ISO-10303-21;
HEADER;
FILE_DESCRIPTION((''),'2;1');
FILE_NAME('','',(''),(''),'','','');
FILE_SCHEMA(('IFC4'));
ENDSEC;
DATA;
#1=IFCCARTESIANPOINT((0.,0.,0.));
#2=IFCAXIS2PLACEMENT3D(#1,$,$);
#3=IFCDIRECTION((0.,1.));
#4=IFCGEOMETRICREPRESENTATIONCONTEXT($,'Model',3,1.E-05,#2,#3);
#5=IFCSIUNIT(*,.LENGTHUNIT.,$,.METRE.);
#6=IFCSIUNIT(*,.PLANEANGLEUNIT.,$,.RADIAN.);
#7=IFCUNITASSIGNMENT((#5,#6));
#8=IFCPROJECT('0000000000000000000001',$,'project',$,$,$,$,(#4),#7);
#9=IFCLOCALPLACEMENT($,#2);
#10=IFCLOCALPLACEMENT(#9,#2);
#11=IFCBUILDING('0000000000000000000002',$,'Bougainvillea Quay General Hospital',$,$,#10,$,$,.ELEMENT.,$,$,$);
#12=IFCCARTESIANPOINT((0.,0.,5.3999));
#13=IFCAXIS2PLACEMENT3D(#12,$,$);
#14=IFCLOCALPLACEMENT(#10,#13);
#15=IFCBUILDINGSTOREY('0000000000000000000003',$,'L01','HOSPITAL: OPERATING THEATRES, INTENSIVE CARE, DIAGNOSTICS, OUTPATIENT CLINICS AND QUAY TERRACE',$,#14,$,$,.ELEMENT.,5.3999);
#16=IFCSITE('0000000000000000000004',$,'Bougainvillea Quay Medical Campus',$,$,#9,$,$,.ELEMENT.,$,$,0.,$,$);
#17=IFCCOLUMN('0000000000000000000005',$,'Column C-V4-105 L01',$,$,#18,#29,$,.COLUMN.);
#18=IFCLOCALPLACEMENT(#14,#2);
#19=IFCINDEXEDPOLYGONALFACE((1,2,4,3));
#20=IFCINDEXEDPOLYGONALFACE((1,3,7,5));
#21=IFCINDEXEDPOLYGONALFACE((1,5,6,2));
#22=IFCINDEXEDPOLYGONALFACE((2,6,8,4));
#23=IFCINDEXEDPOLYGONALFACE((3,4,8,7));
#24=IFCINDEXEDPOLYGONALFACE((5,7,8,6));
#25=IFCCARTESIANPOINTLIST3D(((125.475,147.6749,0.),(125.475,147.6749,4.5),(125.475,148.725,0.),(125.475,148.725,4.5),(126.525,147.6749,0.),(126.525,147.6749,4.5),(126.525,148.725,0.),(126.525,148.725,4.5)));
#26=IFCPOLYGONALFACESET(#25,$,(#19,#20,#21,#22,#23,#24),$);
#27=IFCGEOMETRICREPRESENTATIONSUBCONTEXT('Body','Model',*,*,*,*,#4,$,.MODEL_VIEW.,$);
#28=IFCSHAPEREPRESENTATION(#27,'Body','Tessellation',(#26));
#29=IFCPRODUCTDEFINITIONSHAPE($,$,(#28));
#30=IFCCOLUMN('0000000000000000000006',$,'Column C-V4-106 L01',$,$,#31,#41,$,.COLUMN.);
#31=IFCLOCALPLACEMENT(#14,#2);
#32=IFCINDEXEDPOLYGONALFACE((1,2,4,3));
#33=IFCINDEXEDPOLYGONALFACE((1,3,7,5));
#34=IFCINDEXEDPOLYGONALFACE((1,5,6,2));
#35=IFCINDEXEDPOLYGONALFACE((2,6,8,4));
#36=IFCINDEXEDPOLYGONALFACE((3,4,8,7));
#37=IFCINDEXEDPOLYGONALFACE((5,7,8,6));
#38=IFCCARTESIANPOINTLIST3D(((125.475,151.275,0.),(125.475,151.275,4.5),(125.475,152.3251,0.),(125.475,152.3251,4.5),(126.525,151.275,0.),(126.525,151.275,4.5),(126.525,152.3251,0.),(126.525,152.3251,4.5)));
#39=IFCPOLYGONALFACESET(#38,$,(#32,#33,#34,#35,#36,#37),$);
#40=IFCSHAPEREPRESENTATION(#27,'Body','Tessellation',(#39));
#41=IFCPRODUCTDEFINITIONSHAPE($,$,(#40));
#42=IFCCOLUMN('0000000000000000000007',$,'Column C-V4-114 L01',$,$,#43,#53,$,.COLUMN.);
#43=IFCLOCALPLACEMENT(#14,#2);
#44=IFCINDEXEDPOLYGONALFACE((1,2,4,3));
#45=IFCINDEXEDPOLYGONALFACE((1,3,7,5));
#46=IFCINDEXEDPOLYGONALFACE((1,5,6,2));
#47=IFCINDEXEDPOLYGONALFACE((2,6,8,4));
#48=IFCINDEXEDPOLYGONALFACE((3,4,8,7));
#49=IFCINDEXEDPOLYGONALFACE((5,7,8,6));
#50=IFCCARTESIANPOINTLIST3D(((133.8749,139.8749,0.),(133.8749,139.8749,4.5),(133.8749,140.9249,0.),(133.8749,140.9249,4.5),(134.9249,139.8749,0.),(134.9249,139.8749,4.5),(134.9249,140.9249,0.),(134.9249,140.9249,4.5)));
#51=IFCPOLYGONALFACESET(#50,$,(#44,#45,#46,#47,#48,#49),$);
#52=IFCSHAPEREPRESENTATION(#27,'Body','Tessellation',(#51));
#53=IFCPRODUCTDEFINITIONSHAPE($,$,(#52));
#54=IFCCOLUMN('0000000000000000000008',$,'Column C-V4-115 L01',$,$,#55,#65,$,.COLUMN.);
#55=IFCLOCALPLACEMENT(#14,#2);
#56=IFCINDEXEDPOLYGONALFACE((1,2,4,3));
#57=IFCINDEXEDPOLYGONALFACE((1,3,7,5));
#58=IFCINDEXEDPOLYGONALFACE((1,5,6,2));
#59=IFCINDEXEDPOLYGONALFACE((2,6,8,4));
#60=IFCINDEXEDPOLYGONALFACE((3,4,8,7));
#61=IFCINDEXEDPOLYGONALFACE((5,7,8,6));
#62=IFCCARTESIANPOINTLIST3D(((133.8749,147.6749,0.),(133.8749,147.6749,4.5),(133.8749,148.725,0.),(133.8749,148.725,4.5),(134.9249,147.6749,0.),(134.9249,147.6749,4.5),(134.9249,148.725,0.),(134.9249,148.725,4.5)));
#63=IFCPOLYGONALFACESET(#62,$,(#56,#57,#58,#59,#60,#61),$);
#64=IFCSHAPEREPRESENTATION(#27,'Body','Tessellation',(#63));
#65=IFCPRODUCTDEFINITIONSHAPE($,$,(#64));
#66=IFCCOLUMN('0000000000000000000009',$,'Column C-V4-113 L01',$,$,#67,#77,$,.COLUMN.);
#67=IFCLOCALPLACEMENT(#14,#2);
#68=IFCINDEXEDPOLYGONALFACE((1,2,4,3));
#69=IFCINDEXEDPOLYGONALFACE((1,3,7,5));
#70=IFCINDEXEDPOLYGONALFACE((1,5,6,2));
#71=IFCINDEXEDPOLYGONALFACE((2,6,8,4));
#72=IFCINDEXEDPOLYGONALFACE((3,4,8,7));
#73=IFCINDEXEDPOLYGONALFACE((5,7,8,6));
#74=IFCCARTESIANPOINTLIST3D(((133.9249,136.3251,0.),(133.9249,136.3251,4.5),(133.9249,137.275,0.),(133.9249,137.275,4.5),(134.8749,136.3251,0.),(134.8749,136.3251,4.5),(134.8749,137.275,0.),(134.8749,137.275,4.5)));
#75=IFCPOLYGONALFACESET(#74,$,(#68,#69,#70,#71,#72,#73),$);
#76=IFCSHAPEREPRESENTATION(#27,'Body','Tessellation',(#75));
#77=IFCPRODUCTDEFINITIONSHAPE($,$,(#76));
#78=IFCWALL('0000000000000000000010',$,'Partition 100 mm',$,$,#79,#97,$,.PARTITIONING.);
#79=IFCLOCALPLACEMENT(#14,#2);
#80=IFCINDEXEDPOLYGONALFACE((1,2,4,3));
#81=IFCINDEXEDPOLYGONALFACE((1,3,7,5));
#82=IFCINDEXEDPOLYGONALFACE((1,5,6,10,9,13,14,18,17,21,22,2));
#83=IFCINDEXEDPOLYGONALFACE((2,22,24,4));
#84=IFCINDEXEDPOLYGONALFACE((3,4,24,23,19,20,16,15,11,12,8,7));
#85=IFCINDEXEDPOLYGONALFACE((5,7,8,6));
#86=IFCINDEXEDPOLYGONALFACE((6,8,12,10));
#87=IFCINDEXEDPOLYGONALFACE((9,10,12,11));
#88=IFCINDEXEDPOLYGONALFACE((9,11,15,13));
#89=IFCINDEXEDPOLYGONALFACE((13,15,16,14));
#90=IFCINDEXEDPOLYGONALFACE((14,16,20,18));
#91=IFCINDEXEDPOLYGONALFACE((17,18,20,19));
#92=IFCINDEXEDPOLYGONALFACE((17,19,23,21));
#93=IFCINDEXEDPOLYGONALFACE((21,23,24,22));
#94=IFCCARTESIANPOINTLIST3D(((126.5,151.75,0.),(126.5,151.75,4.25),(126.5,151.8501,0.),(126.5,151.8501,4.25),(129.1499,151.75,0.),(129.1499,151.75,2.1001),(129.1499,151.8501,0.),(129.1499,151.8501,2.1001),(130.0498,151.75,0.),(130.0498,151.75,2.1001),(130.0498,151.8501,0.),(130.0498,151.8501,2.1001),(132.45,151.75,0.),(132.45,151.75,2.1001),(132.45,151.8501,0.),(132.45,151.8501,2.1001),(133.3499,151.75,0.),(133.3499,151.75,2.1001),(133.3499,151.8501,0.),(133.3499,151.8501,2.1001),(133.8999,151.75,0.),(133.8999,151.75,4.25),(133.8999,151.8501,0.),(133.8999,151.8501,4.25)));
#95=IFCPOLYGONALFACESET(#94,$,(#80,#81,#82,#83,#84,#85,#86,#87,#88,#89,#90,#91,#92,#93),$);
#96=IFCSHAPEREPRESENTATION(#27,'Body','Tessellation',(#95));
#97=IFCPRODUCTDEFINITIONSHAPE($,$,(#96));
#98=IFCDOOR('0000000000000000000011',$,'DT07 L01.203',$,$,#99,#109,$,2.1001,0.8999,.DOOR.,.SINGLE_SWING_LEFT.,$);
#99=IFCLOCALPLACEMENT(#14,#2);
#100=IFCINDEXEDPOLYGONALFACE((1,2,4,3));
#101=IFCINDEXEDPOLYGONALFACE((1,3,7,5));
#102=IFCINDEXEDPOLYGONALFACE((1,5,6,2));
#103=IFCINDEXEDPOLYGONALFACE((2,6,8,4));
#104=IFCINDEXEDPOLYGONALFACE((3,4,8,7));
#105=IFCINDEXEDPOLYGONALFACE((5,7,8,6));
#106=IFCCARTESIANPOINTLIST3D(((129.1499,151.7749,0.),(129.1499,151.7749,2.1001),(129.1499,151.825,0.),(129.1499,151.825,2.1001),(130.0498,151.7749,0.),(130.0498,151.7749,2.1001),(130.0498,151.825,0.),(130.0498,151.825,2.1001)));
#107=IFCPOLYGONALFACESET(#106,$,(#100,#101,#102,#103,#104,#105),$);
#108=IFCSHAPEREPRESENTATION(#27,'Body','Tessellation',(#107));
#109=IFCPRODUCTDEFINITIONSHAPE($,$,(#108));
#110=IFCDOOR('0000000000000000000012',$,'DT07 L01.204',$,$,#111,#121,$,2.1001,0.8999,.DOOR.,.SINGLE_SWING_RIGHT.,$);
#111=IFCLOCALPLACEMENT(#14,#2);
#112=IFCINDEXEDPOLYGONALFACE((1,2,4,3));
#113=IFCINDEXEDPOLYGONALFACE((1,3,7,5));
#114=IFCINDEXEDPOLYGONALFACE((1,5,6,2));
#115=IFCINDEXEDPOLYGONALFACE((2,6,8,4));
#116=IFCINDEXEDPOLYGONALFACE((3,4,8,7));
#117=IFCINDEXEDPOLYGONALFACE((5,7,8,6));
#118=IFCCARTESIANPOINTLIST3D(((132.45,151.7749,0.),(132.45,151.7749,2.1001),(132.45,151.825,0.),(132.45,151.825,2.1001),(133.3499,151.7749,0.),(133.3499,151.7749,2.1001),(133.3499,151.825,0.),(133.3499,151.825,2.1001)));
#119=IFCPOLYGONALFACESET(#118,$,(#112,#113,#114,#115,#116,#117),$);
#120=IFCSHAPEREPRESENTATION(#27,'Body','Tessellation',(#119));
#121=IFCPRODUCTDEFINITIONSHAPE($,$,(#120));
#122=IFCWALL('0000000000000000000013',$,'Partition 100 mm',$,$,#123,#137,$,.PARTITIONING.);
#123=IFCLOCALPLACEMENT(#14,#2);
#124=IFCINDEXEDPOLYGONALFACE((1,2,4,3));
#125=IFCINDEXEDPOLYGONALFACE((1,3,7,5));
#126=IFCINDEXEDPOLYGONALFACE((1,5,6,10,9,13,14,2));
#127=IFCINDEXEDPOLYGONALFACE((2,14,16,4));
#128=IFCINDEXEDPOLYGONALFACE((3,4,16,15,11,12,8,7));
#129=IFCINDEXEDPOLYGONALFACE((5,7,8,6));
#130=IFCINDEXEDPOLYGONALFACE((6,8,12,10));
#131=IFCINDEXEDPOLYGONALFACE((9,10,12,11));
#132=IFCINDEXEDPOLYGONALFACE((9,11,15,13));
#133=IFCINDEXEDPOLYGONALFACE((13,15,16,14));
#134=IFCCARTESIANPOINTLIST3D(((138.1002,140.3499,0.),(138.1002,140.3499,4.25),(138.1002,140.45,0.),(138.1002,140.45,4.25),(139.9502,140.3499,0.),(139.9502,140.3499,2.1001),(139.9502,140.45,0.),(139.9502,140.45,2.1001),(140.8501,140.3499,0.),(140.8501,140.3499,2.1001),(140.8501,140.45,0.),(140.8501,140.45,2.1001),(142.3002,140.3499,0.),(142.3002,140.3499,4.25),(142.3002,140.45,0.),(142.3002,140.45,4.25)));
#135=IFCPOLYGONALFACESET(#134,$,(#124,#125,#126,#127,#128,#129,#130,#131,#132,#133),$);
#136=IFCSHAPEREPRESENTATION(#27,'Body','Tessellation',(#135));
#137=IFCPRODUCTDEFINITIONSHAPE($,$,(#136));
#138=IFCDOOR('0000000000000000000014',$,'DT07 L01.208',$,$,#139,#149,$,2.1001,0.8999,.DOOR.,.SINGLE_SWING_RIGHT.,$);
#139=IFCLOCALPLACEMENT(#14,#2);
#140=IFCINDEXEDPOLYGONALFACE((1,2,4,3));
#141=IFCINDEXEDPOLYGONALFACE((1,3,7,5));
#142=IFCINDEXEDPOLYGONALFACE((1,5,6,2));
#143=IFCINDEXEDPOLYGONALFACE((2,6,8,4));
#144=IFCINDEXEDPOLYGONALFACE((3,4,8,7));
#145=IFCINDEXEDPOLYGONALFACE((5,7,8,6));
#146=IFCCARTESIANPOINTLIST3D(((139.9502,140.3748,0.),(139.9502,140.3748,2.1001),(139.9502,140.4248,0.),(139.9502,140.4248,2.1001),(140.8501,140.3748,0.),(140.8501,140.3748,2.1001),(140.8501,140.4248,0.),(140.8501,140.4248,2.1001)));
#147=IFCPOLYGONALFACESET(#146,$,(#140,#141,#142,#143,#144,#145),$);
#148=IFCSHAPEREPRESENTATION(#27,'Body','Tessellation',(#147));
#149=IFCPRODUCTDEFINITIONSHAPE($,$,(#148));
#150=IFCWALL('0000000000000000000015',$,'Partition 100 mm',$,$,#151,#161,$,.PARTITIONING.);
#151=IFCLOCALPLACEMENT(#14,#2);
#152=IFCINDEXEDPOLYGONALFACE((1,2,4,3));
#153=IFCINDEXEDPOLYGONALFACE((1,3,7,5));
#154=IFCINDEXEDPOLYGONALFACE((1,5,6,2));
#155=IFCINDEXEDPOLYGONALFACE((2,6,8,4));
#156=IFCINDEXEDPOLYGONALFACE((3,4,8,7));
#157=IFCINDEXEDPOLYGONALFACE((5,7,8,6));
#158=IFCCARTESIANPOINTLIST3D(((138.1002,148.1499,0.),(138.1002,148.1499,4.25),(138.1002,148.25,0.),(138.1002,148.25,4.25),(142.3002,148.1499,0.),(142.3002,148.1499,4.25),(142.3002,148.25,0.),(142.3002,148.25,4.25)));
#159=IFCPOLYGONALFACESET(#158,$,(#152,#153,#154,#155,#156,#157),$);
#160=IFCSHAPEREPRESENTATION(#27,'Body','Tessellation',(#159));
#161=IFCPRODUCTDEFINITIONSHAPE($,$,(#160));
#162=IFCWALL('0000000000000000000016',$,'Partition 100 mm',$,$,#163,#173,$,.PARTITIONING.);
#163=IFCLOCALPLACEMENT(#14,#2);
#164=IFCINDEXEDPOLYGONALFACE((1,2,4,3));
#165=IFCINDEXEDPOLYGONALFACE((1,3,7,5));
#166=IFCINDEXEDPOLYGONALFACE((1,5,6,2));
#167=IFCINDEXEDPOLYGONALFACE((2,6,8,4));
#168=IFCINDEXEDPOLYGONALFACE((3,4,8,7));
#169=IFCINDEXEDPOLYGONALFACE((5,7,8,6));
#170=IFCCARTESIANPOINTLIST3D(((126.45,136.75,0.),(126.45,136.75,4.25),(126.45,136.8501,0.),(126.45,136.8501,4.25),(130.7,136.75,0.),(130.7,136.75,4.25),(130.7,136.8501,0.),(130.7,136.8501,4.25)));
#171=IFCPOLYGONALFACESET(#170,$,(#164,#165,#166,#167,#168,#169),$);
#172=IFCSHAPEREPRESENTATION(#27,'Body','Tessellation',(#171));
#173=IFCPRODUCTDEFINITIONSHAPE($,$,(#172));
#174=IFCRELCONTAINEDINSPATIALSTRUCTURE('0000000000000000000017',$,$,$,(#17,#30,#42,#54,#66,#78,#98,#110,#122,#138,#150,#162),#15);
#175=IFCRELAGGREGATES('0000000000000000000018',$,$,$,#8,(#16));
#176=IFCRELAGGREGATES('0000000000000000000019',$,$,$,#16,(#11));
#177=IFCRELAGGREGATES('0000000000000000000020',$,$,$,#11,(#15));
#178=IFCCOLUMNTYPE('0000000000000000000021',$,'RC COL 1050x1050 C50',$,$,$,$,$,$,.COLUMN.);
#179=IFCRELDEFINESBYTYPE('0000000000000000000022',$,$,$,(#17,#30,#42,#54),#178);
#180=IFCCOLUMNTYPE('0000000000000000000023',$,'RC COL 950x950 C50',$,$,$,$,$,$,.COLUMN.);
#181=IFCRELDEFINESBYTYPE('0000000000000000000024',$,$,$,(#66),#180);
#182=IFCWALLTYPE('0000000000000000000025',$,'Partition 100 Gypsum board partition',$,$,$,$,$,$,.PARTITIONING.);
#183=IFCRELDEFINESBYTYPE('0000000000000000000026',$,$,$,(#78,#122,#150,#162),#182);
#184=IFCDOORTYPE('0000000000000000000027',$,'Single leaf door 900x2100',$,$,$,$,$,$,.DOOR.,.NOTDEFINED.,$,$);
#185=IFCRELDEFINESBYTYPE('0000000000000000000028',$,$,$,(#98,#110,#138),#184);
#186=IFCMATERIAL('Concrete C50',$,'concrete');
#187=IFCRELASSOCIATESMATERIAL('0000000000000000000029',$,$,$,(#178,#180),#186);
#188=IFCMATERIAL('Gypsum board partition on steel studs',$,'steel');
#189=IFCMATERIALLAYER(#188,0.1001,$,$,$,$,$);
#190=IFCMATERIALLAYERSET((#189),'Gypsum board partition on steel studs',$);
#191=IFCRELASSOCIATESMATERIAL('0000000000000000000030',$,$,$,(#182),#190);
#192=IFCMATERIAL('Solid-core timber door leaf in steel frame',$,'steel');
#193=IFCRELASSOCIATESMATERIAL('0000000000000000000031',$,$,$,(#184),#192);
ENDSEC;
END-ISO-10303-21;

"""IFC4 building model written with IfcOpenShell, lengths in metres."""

from ifc_helpers import new_model, si_unit, direction, frame, frame_2d, origin, origin_2d, place, context, subcontext, project, spatial, rectangle, extrude, material, layer, layer_set, material_profile, profile_set, type_object, element, fill, save


model = new_model("IFC4")

# Units and contexts
model_context = context("Model", 3, precision=1e-05, world=origin(), true_north=direction((0.0, 1.0)))
body_context = subcontext(model_context, "Body", "Model", "MODEL_VIEW")
ifc_project = project(units=[si_unit("LENGTHUNIT", "METRE"), si_unit("PLANEANGLEUNIT", "RADIAN")], contexts=[model_context])

# Site, building, storey
site_placement = place(None, origin())
site = spatial("IfcSite", under=ifc_project, at=site_placement, Name="Bougainvillea Quay Medical Campus", CompositionType="ELEMENT", RefElevation=0.0)
building_placement = place(site_placement, origin())
building = spatial("IfcBuilding", under=site, at=building_placement, Name="Bougainvillea Quay General Hospital", CompositionType="ELEMENT")
storey_placement = place(building_placement, frame((0.0, 0.0, 5.3999)))
storey = spatial("IfcBuildingStorey", under=building, at=storey_placement, Name="L01", Description="HOSPITAL: OPERATING THEATRES, INTENSIVE CARE, DIAGNOSTICS, OUTPATIENT CLINICS AND QUAY TERRACE", CompositionType="ELEMENT", Elevation=5.3999)

# Columns
ifc_material_1 = material(Name="Concrete C50", Category="concrete")
ifc_material_profile_1 = material_profile(ifc_material_1, rectangle(XDim=1.05, YDim=1.05, at=origin_2d()))
ifc_profile_set_1 = profile_set([ifc_material_profile_1], Name="Concrete C50")
column_type_1 = type_object("IfcColumnType", Name="RC COL 1050x1050 C50", PredefinedType="COLUMN", material=ifc_profile_set_1)
for number, where, z_axis, x_axis, name in (
    (1, (126.0, 148.2, 0.0), (0.0, 0.0, 1.0), (1.0, 0.0, 0.0), "Column C-V4-105 L01"),
    (2, (126.0, 151.8, 0.0), (0.0, 0.0, 1.0), (1.0, 0.0, 0.0), "Column C-V4-106 L01"),
    (3, (134.3999, 140.3999, 0.0), (0.0, 0.0, 1.0), (1.0, 0.0, 0.0), "Column C-V4-114 L01"),
    (4, (134.3999, 148.2, 0.0), (0.0, 0.0, 1.0), (1.0, 0.0, 0.0), "Column C-V4-115 L01"),
):
    element("IfcColumn", number, at=place(storey_placement, frame(where, z_axis=z_axis, x_axis=x_axis)), inside=storey, type_object=column_type_1, Name=name, PredefinedType="COLUMN", context=body_context, shape_type="SweptSolid", body=[
        extrude(rectangle(XDim=1.05, YDim=1.05, at=origin_2d()), origin(), (0.0, 0.0, 1.0), 4.5),
    ])
ifc_material_profile_2 = material_profile(ifc_material_1, rectangle(XDim=0.95, YDim=0.95, at=origin_2d()))
ifc_profile_set_2 = profile_set([ifc_material_profile_2], Name="Concrete C50")
column_type_2 = type_object("IfcColumnType", Name="RC COL 950x950 C50", PredefinedType="COLUMN", material=ifc_profile_set_2)
column_placement = place(storey_placement, frame((134.3999, 136.8, 0.0), z_axis=(0.0, 0.0, 1.0), x_axis=(1.0, 0.0, 0.0)))
element("IfcColumn", 5, at=column_placement, inside=storey, type_object=column_type_2, Name="Column C-V4-113 L01", PredefinedType="COLUMN", context=body_context, shape_type="SweptSolid", body=[
    extrude(rectangle(XDim=0.95, YDim=0.95, at=origin_2d()), origin(), (0.0, 0.0, 1.0), 4.5),
])

# Wall, openings, doors
ifc_material_2 = material(Name="Gypsum board partition on steel studs", Category="steel")
ifc_layer_1 = layer(ifc_material_2, 0.1001)
ifc_layer_set_1 = layer_set([ifc_layer_1], Name="Gypsum board partition on steel studs")
wall_type_1 = type_object("IfcWallType", Name="Partition 100 Gypsum board partition", PredefinedType="PARTITIONING", material=ifc_layer_set_1)
wall_1_placement = place(storey_placement, frame((133.8999, 151.8, 0.0), z_axis=(0.0, 0.0, 1.0), x_axis=(-1.0, 0.0, 0.0)))
wall_1 = element("IfcWall", 6, at=wall_1_placement, inside=storey, type_object=wall_type_1, Name="Partition 100 mm", PredefinedType="PARTITIONING", context=body_context, shape_type="SweptSolid", body=[
    extrude(rectangle(XDim=7.3999, YDim=0.1001, at=frame_2d((3.7, 0.0))), origin(), (0.0, 0.0, 1.0), 4.25),
])
opening_1_placement = place(wall_1_placement, frame((3.8501, 0.0, 0.0)))
opening_1 = element("IfcOpeningElement", 7, at=opening_1_placement, cuts=wall_1, PredefinedType="OPENING", context=body_context, shape_type="SweptSolid", body=[
    extrude(rectangle(XDim=0.8999, YDim=2.1001, at=frame_2d((0.45, 1.05))), frame((0.0, 0.0601, 0.0), z_axis=(0.0, -1.0, 0.0), x_axis=(1.0, 0.0, 0.0)), (0.0, 0.0, 1.0), 0.1201),
])
opening_2_placement = place(wall_1_placement, frame((0.55, 0.0, 0.0)))
opening_2 = element("IfcOpeningElement", 8, at=opening_2_placement, cuts=wall_1, PredefinedType="OPENING", context=body_context, shape_type="SweptSolid", body=[
    extrude(rectangle(XDim=0.8999, YDim=2.1001, at=frame_2d((0.45, 1.05))), frame((0.0, 0.0601, 0.0), z_axis=(0.0, -1.0, 0.0), x_axis=(1.0, 0.0, 0.0)), (0.0, 0.0, 1.0), 0.1201),
])
ifc_material_3 = material(Name="Solid-core timber door leaf in steel frame", Category="steel")
door_type_1 = type_object("IfcDoorType", Name="Single leaf door 900x2100", OperationType="NOTDEFINED", PredefinedType="DOOR", material=ifc_material_3)
door_1_placement = place(opening_1_placement, frame((0.8999, 0.0, 0.0), z_axis=(0.0, 0.0, 1.0), x_axis=(-1.0, 0.0, 0.0)))
door_1 = element("IfcDoor", 9, at=door_1_placement, inside=storey, type_object=door_type_1, Name="DT07 L01.203", OperationType="SINGLE_SWING_LEFT", OverallHeight=2.1001, OverallWidth=0.8999, PredefinedType="DOOR", context=body_context, shape_type="SweptSolid", body=[
    extrude(rectangle(XDim=0.8999, YDim=2.1001, at=frame_2d((0.45, 1.05))), frame((0.0, 0.0249, 0.0), z_axis=(0.0, -1.0, 0.0), x_axis=(1.0, 0.0, 0.0)), (0.0, 0.0, 1.0), 0.05),
])
fill(opening_1, door_1)
door_2_placement = place(opening_2_placement, frame((0.8999, 0.0, 0.0), z_axis=(0.0, 0.0, 1.0), x_axis=(-1.0, 0.0, 0.0)))
door_2 = element("IfcDoor", 10, at=door_2_placement, inside=storey, type_object=door_type_1, Name="DT07 L01.204", OperationType="SINGLE_SWING_RIGHT", OverallHeight=2.1001, OverallWidth=0.8999, PredefinedType="DOOR", context=body_context, shape_type="SweptSolid", body=[
    extrude(rectangle(XDim=0.8999, YDim=2.1001, at=frame_2d((0.45, 1.05))), frame((0.0, 0.0249, 0.0), z_axis=(0.0, -1.0, 0.0), x_axis=(1.0, 0.0, 0.0)), (0.0, 0.0, 1.0), 0.05),
])
fill(opening_2, door_2)

# Wall, opening, door
wall_2_placement = place(storey_placement, frame((138.1001, 140.3999, 0.0), z_axis=(0.0, 0.0, 1.0), x_axis=(1.0, 0.0, 0.0)))
wall_2 = element("IfcWall", 11, at=wall_2_placement, inside=storey, type_object=wall_type_1, Name="Partition 100 mm", PredefinedType="PARTITIONING", context=body_context, shape_type="SweptSolid", body=[
    extrude(rectangle(XDim=4.2, YDim=0.1001, at=frame_2d((2.1001, 0.0))), origin(), (0.0, 0.0, 1.0), 4.25),
])
opening_3_placement = place(wall_2_placement, frame((1.8501, 0.0, 0.0)))
opening_3 = element("IfcOpeningElement", 12, at=opening_3_placement, cuts=wall_2, PredefinedType="OPENING", context=body_context, shape_type="SweptSolid", body=[
    extrude(rectangle(XDim=0.8999, YDim=2.1001, at=frame_2d((0.45, 1.05))), frame((0.0, 0.0601, 0.0), z_axis=(0.0, -1.0, 0.0), x_axis=(1.0, 0.0, 0.0)), (0.0, 0.0, 1.0), 0.1201),
])
door_3_placement = place(opening_3_placement, origin())
door_3 = element("IfcDoor", 13, at=door_3_placement, inside=storey, type_object=door_type_1, Name="DT07 L01.208", OperationType="SINGLE_SWING_RIGHT", OverallHeight=2.1001, OverallWidth=0.8999, PredefinedType="DOOR", context=body_context, shape_type="SweptSolid", body=[
    extrude(rectangle(XDim=0.8999, YDim=2.1001, at=frame_2d((0.45, 1.05))), frame((0.0, 0.0249, 0.0), z_axis=(0.0, -1.0, 0.0), x_axis=(1.0, 0.0, 0.0)), (0.0, 0.0, 1.0), 0.05),
])
fill(opening_3, door_3)

# Walls
wall_3_placement = place(storey_placement, frame((138.1001, 148.2, 0.0), z_axis=(0.0, 0.0, 1.0), x_axis=(1.0, 0.0, 0.0)))
element("IfcWall", 14, at=wall_3_placement, inside=storey, type_object=wall_type_1, Name="Partition 100 mm", PredefinedType="PARTITIONING", context=body_context, shape_type="SweptSolid", body=[
    extrude(rectangle(XDim=4.2, YDim=0.1001, at=frame_2d((2.1001, 0.0))), origin(), (0.0, 0.0, 1.0), 4.25),
])
wall_4_placement = place(storey_placement, frame((126.45, 136.8, 0.0), z_axis=(0.0, 0.0, 1.0), x_axis=(1.0, 0.0, 0.0)))
element("IfcWall", 15, at=wall_4_placement, inside=storey, type_object=wall_type_1, Name="Partition 100 mm", PredefinedType="PARTITIONING", context=body_context, shape_type="SweptSolid", body=[
    extrude(rectangle(XDim=4.25, YDim=0.1001, at=frame_2d((2.125, 0.0))), origin(), (0.0, 0.0, 1.0), 4.25),
])

save(model, "model.ifc")
